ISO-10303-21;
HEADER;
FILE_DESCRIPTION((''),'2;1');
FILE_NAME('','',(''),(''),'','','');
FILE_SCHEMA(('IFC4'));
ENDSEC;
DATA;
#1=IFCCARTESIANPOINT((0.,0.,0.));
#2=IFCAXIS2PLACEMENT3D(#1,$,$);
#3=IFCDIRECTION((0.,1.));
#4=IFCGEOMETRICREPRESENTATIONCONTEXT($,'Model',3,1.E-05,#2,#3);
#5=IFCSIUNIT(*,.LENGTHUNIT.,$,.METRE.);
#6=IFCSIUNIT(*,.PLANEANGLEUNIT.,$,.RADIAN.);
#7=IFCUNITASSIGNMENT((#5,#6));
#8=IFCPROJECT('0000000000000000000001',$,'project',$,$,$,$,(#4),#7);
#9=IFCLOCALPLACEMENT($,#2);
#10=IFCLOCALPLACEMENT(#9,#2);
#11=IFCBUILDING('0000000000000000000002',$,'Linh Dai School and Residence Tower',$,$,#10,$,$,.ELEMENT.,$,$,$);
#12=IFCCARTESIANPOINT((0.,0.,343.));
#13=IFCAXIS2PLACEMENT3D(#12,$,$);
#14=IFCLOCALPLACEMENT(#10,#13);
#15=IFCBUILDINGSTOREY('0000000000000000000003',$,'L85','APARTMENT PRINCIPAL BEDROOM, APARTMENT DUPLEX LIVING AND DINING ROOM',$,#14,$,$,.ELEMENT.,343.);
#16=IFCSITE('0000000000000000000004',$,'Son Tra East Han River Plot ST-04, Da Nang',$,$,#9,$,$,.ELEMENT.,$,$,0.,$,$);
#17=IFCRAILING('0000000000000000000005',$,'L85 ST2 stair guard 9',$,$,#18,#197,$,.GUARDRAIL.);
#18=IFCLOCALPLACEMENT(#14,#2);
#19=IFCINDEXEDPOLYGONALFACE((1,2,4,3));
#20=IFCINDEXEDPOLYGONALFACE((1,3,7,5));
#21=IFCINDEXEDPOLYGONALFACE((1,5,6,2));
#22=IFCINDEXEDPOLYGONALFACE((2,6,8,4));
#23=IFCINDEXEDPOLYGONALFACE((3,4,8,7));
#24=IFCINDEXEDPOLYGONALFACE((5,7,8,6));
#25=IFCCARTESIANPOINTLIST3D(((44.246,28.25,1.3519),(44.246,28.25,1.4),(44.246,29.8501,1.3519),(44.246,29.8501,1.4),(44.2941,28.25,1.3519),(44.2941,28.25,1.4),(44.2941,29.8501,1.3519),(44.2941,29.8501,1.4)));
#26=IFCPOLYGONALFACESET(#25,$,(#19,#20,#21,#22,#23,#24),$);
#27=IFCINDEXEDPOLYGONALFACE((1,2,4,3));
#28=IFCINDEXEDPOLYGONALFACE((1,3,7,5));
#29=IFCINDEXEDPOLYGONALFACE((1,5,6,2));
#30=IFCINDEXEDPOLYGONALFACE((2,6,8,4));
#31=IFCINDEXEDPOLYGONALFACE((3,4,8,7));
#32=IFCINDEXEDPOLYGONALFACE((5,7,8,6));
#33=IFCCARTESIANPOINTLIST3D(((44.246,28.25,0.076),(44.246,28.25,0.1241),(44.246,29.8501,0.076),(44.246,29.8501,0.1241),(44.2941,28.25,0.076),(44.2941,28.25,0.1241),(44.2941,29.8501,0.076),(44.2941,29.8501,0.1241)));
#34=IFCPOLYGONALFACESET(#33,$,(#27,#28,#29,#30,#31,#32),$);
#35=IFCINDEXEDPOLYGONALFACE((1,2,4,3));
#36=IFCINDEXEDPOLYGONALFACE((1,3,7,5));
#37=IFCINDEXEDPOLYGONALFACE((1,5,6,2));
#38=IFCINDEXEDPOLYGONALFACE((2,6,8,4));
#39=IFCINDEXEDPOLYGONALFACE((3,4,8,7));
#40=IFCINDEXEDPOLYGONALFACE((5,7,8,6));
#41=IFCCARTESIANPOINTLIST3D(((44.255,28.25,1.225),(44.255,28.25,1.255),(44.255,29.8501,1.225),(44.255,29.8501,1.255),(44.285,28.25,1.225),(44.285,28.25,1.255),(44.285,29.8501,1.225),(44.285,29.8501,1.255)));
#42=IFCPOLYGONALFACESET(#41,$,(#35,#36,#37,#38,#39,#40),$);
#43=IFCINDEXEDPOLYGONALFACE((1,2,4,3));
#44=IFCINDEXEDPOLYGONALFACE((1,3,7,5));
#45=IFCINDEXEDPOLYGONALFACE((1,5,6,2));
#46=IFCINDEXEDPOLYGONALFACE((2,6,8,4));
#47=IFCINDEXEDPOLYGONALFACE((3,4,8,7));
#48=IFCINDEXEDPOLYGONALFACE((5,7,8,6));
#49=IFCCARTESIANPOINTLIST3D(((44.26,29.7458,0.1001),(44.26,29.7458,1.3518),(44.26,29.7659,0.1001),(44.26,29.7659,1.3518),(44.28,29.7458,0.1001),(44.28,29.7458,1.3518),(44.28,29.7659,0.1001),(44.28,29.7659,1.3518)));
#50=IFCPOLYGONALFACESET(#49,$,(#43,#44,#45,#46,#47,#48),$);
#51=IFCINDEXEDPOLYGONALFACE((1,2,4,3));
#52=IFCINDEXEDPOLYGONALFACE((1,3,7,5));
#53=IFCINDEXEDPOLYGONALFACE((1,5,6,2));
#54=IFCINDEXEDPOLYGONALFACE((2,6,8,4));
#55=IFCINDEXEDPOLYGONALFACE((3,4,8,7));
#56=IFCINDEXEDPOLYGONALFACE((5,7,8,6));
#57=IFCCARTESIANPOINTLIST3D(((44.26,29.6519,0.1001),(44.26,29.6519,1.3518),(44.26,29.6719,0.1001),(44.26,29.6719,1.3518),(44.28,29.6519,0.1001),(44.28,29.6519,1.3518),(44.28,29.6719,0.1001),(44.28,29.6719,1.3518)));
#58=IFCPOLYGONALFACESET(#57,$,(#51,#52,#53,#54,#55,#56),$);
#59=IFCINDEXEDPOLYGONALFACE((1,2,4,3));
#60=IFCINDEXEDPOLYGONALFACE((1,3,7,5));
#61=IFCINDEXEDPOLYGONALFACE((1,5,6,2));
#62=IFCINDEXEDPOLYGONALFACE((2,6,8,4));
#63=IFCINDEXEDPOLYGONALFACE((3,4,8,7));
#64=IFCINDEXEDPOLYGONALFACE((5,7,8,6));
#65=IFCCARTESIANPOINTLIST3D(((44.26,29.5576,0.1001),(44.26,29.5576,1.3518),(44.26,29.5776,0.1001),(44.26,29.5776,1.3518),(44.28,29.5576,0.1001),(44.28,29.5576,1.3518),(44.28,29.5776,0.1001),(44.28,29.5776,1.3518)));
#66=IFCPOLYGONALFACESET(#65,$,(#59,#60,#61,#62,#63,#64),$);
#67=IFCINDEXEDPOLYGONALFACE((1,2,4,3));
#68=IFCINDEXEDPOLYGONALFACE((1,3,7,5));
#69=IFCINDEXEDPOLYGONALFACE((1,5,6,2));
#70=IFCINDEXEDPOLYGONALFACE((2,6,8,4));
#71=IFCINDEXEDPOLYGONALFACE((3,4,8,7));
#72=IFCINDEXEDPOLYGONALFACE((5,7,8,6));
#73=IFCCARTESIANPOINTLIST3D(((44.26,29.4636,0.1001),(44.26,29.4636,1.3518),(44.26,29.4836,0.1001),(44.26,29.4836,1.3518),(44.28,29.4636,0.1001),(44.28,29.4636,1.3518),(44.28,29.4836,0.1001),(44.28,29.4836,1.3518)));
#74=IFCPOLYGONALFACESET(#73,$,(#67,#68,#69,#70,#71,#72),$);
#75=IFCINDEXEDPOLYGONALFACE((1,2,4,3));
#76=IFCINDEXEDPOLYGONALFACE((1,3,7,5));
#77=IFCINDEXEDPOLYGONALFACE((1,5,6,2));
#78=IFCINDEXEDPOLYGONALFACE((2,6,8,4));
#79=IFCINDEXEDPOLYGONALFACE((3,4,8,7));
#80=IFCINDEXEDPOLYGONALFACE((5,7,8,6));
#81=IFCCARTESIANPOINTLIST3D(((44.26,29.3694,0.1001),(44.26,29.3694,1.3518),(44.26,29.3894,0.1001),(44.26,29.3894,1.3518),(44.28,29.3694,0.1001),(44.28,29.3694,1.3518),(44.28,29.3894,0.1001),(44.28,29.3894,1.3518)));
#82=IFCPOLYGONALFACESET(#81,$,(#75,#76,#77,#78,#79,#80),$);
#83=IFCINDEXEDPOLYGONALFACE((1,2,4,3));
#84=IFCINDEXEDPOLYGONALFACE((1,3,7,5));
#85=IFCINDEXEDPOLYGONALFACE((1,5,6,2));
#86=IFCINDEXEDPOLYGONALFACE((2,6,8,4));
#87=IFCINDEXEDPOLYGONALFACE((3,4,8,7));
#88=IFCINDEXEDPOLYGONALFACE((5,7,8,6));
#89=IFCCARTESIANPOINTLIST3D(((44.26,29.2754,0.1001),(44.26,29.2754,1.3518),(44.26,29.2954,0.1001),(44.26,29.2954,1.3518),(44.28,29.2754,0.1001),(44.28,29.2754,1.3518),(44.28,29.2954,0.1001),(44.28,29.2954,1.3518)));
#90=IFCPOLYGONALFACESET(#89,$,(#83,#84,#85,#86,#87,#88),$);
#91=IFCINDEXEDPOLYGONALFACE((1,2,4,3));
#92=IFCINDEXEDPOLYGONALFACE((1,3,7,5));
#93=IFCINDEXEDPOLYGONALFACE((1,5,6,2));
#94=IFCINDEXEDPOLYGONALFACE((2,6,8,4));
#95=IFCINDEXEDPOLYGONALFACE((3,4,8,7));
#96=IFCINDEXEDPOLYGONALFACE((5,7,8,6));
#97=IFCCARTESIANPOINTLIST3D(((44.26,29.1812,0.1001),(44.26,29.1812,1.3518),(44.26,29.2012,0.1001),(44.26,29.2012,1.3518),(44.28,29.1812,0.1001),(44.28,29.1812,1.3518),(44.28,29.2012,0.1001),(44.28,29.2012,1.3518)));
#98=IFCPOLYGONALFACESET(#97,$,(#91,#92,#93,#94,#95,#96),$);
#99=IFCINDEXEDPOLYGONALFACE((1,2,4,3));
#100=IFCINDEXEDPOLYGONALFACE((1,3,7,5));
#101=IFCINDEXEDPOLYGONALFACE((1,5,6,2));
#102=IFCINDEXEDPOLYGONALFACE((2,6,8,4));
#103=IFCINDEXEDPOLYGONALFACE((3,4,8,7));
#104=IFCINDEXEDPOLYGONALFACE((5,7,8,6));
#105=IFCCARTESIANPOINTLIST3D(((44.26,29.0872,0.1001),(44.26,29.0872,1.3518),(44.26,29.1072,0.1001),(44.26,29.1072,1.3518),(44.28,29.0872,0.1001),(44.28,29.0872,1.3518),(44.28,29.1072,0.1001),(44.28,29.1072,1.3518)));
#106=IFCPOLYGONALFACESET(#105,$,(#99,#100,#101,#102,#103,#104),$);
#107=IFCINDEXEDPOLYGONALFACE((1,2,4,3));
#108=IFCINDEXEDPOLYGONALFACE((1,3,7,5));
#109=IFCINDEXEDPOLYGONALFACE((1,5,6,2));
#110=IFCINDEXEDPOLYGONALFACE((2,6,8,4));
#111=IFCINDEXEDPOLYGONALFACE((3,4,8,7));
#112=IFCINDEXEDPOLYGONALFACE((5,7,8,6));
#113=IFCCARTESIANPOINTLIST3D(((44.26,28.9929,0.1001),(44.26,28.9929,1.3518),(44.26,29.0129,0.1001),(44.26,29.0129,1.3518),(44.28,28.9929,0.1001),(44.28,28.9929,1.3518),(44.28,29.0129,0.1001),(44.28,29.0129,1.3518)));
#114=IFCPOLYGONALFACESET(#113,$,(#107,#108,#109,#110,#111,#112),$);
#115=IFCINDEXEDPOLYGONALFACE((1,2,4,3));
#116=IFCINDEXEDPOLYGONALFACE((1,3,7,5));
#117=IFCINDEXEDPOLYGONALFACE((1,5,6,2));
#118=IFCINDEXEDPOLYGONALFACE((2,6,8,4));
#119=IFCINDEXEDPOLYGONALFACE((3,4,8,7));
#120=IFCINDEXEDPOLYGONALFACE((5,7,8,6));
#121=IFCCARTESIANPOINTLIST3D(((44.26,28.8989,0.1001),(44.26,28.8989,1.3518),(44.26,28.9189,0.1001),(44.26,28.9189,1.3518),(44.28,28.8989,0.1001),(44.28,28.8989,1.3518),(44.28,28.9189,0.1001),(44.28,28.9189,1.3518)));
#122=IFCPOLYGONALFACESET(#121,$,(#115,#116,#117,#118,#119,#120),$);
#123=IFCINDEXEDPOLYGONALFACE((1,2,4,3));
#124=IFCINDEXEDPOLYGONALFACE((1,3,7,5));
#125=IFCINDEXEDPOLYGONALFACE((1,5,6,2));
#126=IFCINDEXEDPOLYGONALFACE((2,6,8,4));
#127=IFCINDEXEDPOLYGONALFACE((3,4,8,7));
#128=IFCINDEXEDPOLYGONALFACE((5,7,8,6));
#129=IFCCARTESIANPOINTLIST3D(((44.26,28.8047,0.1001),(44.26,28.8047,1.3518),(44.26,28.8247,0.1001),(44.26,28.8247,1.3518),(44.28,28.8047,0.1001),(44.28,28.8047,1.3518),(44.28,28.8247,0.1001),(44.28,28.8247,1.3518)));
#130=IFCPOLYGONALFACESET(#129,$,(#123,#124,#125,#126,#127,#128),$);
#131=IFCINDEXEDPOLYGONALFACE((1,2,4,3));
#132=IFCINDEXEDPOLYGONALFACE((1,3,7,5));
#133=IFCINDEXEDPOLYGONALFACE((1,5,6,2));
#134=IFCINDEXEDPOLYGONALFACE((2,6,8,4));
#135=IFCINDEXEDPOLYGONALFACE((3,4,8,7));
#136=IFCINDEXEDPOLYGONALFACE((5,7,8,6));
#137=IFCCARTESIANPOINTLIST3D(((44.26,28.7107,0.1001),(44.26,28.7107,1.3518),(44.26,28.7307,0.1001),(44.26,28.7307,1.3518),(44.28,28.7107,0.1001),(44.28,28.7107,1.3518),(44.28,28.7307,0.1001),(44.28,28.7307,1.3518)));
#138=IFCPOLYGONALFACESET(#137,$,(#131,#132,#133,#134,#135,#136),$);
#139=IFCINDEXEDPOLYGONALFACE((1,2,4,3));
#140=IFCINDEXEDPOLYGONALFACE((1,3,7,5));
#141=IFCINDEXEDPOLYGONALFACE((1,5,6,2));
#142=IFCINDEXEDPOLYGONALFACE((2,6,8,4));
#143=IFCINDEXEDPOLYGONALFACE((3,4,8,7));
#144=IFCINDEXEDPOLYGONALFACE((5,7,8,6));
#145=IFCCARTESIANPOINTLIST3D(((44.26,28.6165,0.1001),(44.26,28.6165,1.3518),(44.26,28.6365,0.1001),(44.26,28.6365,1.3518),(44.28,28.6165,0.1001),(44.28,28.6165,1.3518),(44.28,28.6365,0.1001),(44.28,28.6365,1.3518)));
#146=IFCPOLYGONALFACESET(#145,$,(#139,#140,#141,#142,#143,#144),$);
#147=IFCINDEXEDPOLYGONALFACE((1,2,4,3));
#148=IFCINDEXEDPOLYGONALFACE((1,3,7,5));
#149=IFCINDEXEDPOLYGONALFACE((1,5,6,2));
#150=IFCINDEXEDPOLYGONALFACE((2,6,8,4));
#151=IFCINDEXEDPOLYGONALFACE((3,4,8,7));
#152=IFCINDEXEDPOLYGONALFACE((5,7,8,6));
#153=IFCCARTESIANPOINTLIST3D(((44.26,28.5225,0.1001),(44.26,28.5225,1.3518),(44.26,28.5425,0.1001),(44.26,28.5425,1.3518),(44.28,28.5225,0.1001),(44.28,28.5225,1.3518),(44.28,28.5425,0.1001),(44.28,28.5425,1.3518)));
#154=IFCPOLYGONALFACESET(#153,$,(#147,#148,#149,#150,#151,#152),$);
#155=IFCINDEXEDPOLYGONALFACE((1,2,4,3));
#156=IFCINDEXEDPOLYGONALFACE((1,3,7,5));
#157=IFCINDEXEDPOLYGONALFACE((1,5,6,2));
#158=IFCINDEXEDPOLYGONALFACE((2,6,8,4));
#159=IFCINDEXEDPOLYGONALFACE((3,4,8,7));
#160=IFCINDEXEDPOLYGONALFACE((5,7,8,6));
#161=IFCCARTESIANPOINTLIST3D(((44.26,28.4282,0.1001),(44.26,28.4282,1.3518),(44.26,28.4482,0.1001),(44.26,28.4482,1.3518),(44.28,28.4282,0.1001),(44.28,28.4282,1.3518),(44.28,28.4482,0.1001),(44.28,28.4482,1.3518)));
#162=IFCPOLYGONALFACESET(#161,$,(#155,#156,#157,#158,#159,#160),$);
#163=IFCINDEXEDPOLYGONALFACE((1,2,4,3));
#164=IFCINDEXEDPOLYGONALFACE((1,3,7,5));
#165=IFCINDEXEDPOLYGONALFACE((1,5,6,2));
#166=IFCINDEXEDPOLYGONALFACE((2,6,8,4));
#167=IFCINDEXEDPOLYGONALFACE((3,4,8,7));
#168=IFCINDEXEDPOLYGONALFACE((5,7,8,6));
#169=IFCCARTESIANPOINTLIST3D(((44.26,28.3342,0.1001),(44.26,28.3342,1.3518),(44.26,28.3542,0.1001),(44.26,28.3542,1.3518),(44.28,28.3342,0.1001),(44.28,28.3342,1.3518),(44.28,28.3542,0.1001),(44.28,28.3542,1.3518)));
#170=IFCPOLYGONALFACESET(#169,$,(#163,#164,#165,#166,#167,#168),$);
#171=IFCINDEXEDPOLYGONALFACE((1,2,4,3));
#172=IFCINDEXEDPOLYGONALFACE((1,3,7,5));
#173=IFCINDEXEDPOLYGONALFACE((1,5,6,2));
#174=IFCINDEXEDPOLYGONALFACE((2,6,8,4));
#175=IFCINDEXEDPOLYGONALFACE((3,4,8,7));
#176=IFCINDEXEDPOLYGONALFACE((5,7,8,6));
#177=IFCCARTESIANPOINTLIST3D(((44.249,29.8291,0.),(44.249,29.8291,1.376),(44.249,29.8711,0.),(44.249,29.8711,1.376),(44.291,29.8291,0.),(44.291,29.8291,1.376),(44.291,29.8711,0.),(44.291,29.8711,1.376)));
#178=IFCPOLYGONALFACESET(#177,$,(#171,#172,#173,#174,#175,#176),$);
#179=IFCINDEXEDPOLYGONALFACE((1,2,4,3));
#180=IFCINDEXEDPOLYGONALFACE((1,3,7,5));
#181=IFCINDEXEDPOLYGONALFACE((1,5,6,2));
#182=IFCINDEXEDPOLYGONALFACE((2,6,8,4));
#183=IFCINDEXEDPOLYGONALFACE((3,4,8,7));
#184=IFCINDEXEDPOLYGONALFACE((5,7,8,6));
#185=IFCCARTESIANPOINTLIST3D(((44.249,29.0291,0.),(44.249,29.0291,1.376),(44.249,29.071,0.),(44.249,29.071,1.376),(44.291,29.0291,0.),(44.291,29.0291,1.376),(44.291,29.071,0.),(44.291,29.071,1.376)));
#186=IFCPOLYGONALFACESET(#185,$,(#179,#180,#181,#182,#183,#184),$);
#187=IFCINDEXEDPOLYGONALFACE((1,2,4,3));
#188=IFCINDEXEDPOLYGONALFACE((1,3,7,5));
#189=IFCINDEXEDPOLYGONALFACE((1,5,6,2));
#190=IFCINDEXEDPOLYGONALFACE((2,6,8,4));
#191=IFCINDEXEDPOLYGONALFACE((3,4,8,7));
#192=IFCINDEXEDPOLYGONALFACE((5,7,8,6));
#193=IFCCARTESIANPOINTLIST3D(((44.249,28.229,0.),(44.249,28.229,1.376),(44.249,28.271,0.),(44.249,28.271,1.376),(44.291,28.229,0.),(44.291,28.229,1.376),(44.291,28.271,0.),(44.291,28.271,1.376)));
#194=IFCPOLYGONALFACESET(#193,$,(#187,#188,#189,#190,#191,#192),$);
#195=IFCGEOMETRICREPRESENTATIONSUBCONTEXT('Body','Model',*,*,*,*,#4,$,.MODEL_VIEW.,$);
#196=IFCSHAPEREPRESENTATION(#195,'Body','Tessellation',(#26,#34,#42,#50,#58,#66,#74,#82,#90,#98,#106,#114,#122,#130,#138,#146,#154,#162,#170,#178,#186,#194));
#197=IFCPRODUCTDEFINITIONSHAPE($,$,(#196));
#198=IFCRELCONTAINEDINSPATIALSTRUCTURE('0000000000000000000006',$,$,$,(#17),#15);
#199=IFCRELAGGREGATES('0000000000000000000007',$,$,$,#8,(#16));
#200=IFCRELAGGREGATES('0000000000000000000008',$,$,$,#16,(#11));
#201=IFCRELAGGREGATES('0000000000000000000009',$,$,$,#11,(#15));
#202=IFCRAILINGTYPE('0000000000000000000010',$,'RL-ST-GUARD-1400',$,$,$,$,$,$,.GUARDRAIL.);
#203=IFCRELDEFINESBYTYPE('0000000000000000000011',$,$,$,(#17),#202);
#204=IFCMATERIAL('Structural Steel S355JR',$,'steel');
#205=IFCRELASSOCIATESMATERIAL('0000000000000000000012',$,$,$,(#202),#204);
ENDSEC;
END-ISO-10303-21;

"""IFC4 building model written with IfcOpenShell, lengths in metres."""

from ifc_helpers import new_model, si_unit, direction, frame, origin, origin_2d, place, context, subcontext, project, spatial, rectangle, extrude, source, transform, mapped, material, type_object, element, save


model = new_model("IFC4")

# Units and contexts
model_context = context("Model", 3, precision=1e-05, world=origin(), true_north=direction((0.0, 1.0)))
body_context = subcontext(model_context, "Body", "Model", "MODEL_VIEW")
ifc_project = project(units=[si_unit("LENGTHUNIT", "METRE"), si_unit("PLANEANGLEUNIT", "RADIAN")], contexts=[model_context])

# Site, building, storey
site_placement = place(None, origin())
site = spatial("IfcSite", under=ifc_project, at=site_placement, Name="Son Tra East Han River Plot ST-04, Da Nang", CompositionType="ELEMENT", RefElevation=0.0)
building_placement = place(site_placement, origin())
building = spatial("IfcBuilding", under=site, at=building_placement, Name="Linh Dai School and Residence Tower", CompositionType="ELEMENT")
storey_placement = place(building_placement, frame((0.0, 0.0, 343.0)))
storey = spatial("IfcBuildingStorey", under=building, at=storey_placement, Name="L85", Description="APARTMENT PRINCIPAL BEDROOM, APARTMENT DUPLEX LIVING AND DINING ROOM", CompositionType="ELEMENT", Elevation=343.0)

# Shared definitions
ifc_material_1 = material(Name="Structural Steel S355JR", Category="steel")

# Railing
railing_type_1 = type_object("IfcRailingType", Name="RL-ST-GUARD-1400", PredefinedType="GUARDRAIL", material=ifc_material_1)
shared_shape_1 = source(origin(), body_context, "Body", "SweptSolid", [
    extrude(rectangle(XDim=0.0481, YDim=0.0481, at=origin_2d()), frame((0.0, 0.0, 1.376), z_axis=(0.0, -1.0, 0.0), x_axis=(1.0, 0.0, 0.0)), (0.0, 0.0, 1.0), 1.6001),
    extrude(rectangle(XDim=0.0481, YDim=0.0481, at=origin_2d()), frame((0.0, 0.0, 0.1001), z_axis=(0.0, -1.0, 0.0), x_axis=(1.0, 0.0, 0.0)), (0.0, 0.0, 1.0), 1.6001),
    extrude(rectangle(XDim=0.03, YDim=0.03, at=origin_2d()), frame((0.0, 0.0, 1.24), z_axis=(0.0, -1.0, 0.0), x_axis=(1.0, 0.0, 0.0)), (0.0, 0.0, 1.0), 1.6001),
    extrude(rectangle(XDim=0.02, YDim=0.02, at=origin_2d()), frame((0.0, -0.0942, 0.1001)), (0.0, 0.0, 1.0), 1.2517),
    extrude(rectangle(XDim=0.02, YDim=0.02, at=origin_2d()), frame((0.0, -0.1882, 0.1001)), (0.0, 0.0, 1.0), 1.2517),
    extrude(rectangle(XDim=0.02, YDim=0.02, at=origin_2d()), frame((0.0, -0.2825, 0.1001)), (0.0, 0.0, 1.0), 1.2517),
    extrude(rectangle(XDim=0.02, YDim=0.02, at=origin_2d()), frame((0.0, -0.3765, 0.1001)), (0.0, 0.0, 1.0), 1.2517),
    extrude(rectangle(XDim=0.02, YDim=0.02, at=origin_2d()), frame((0.0, -0.4707, 0.1001)), (0.0, 0.0, 1.0), 1.2517),
    extrude(rectangle(XDim=0.02, YDim=0.02, at=origin_2d()), frame((0.0, -0.5647, 0.1001)), (0.0, 0.0, 1.0), 1.2517),
    extrude(rectangle(XDim=0.02, YDim=0.02, at=origin_2d()), frame((0.0, -0.6589, 0.1001)), (0.0, 0.0, 1.0), 1.2517),
    extrude(rectangle(XDim=0.02, YDim=0.02, at=origin_2d()), frame((0.0, -0.7529, 0.1001)), (0.0, 0.0, 1.0), 1.2517),
    extrude(rectangle(XDim=0.02, YDim=0.02, at=origin_2d()), frame((0.0, -0.8472, 0.1001)), (0.0, 0.0, 1.0), 1.2517),
    extrude(rectangle(XDim=0.02, YDim=0.02, at=origin_2d()), frame((0.0, -0.9412, 0.1001)), (0.0, 0.0, 1.0), 1.2517),
    extrude(rectangle(XDim=0.02, YDim=0.02, at=origin_2d()), frame((0.0, -1.0354, 0.1001)), (0.0, 0.0, 1.0), 1.2517),
    extrude(rectangle(XDim=0.02, YDim=0.02, at=origin_2d()), frame((0.0, -1.1294, 0.1001)), (0.0, 0.0, 1.0), 1.2517),
    extrude(rectangle(XDim=0.02, YDim=0.02, at=origin_2d()), frame((0.0, -1.2236, 0.1001)), (0.0, 0.0, 1.0), 1.2517),
    extrude(rectangle(XDim=0.02, YDim=0.02, at=origin_2d()), frame((0.0, -1.3176, 0.1001)), (0.0, 0.0, 1.0), 1.2517),
    extrude(rectangle(XDim=0.02, YDim=0.02, at=origin_2d()), frame((0.0, -1.4119, 0.1001)), (0.0, 0.0, 1.0), 1.2517),
    extrude(rectangle(XDim=0.02, YDim=0.02, at=origin_2d()), frame((0.0, -1.5059, 0.1001)), (0.0, 0.0, 1.0), 1.2517),
    extrude(rectangle(XDim=0.042, YDim=0.042, at=origin_2d()), origin(), (0.0, 0.0, 1.0), 1.376),
    extrude(rectangle(XDim=0.042, YDim=0.042, at=origin_2d()), frame((0.0, -0.8, 0.0)), (0.0, 0.0, 1.0), 1.376),
    extrude(rectangle(XDim=0.042, YDim=0.042, at=origin_2d()), frame((0.0, -1.6001, 0.0)), (0.0, 0.0, 1.0), 1.376),
])
for number, where, name in (
    (1, (44.27, 29.8501, 0.0), "L85 ST2 stair guard 9"),
):
    element("IfcRailing", number, at=place(storey_placement, frame(where)), inside=storey, type_object=railing_type_1, Name=name, PredefinedType="GUARDRAIL", context=body_context, shape_type="MappedRepresentation", body=[
        mapped(shared_shape_1, transform((0.0, 0.0, 0.0), x_axis=(1.0, 0.0, 0.0), y_axis=(0.0, 1.0, 0.0), z_axis=(0.0, 0.0, 1.0), scale=1.0)),
    ])

save(model, "model.ifc")
